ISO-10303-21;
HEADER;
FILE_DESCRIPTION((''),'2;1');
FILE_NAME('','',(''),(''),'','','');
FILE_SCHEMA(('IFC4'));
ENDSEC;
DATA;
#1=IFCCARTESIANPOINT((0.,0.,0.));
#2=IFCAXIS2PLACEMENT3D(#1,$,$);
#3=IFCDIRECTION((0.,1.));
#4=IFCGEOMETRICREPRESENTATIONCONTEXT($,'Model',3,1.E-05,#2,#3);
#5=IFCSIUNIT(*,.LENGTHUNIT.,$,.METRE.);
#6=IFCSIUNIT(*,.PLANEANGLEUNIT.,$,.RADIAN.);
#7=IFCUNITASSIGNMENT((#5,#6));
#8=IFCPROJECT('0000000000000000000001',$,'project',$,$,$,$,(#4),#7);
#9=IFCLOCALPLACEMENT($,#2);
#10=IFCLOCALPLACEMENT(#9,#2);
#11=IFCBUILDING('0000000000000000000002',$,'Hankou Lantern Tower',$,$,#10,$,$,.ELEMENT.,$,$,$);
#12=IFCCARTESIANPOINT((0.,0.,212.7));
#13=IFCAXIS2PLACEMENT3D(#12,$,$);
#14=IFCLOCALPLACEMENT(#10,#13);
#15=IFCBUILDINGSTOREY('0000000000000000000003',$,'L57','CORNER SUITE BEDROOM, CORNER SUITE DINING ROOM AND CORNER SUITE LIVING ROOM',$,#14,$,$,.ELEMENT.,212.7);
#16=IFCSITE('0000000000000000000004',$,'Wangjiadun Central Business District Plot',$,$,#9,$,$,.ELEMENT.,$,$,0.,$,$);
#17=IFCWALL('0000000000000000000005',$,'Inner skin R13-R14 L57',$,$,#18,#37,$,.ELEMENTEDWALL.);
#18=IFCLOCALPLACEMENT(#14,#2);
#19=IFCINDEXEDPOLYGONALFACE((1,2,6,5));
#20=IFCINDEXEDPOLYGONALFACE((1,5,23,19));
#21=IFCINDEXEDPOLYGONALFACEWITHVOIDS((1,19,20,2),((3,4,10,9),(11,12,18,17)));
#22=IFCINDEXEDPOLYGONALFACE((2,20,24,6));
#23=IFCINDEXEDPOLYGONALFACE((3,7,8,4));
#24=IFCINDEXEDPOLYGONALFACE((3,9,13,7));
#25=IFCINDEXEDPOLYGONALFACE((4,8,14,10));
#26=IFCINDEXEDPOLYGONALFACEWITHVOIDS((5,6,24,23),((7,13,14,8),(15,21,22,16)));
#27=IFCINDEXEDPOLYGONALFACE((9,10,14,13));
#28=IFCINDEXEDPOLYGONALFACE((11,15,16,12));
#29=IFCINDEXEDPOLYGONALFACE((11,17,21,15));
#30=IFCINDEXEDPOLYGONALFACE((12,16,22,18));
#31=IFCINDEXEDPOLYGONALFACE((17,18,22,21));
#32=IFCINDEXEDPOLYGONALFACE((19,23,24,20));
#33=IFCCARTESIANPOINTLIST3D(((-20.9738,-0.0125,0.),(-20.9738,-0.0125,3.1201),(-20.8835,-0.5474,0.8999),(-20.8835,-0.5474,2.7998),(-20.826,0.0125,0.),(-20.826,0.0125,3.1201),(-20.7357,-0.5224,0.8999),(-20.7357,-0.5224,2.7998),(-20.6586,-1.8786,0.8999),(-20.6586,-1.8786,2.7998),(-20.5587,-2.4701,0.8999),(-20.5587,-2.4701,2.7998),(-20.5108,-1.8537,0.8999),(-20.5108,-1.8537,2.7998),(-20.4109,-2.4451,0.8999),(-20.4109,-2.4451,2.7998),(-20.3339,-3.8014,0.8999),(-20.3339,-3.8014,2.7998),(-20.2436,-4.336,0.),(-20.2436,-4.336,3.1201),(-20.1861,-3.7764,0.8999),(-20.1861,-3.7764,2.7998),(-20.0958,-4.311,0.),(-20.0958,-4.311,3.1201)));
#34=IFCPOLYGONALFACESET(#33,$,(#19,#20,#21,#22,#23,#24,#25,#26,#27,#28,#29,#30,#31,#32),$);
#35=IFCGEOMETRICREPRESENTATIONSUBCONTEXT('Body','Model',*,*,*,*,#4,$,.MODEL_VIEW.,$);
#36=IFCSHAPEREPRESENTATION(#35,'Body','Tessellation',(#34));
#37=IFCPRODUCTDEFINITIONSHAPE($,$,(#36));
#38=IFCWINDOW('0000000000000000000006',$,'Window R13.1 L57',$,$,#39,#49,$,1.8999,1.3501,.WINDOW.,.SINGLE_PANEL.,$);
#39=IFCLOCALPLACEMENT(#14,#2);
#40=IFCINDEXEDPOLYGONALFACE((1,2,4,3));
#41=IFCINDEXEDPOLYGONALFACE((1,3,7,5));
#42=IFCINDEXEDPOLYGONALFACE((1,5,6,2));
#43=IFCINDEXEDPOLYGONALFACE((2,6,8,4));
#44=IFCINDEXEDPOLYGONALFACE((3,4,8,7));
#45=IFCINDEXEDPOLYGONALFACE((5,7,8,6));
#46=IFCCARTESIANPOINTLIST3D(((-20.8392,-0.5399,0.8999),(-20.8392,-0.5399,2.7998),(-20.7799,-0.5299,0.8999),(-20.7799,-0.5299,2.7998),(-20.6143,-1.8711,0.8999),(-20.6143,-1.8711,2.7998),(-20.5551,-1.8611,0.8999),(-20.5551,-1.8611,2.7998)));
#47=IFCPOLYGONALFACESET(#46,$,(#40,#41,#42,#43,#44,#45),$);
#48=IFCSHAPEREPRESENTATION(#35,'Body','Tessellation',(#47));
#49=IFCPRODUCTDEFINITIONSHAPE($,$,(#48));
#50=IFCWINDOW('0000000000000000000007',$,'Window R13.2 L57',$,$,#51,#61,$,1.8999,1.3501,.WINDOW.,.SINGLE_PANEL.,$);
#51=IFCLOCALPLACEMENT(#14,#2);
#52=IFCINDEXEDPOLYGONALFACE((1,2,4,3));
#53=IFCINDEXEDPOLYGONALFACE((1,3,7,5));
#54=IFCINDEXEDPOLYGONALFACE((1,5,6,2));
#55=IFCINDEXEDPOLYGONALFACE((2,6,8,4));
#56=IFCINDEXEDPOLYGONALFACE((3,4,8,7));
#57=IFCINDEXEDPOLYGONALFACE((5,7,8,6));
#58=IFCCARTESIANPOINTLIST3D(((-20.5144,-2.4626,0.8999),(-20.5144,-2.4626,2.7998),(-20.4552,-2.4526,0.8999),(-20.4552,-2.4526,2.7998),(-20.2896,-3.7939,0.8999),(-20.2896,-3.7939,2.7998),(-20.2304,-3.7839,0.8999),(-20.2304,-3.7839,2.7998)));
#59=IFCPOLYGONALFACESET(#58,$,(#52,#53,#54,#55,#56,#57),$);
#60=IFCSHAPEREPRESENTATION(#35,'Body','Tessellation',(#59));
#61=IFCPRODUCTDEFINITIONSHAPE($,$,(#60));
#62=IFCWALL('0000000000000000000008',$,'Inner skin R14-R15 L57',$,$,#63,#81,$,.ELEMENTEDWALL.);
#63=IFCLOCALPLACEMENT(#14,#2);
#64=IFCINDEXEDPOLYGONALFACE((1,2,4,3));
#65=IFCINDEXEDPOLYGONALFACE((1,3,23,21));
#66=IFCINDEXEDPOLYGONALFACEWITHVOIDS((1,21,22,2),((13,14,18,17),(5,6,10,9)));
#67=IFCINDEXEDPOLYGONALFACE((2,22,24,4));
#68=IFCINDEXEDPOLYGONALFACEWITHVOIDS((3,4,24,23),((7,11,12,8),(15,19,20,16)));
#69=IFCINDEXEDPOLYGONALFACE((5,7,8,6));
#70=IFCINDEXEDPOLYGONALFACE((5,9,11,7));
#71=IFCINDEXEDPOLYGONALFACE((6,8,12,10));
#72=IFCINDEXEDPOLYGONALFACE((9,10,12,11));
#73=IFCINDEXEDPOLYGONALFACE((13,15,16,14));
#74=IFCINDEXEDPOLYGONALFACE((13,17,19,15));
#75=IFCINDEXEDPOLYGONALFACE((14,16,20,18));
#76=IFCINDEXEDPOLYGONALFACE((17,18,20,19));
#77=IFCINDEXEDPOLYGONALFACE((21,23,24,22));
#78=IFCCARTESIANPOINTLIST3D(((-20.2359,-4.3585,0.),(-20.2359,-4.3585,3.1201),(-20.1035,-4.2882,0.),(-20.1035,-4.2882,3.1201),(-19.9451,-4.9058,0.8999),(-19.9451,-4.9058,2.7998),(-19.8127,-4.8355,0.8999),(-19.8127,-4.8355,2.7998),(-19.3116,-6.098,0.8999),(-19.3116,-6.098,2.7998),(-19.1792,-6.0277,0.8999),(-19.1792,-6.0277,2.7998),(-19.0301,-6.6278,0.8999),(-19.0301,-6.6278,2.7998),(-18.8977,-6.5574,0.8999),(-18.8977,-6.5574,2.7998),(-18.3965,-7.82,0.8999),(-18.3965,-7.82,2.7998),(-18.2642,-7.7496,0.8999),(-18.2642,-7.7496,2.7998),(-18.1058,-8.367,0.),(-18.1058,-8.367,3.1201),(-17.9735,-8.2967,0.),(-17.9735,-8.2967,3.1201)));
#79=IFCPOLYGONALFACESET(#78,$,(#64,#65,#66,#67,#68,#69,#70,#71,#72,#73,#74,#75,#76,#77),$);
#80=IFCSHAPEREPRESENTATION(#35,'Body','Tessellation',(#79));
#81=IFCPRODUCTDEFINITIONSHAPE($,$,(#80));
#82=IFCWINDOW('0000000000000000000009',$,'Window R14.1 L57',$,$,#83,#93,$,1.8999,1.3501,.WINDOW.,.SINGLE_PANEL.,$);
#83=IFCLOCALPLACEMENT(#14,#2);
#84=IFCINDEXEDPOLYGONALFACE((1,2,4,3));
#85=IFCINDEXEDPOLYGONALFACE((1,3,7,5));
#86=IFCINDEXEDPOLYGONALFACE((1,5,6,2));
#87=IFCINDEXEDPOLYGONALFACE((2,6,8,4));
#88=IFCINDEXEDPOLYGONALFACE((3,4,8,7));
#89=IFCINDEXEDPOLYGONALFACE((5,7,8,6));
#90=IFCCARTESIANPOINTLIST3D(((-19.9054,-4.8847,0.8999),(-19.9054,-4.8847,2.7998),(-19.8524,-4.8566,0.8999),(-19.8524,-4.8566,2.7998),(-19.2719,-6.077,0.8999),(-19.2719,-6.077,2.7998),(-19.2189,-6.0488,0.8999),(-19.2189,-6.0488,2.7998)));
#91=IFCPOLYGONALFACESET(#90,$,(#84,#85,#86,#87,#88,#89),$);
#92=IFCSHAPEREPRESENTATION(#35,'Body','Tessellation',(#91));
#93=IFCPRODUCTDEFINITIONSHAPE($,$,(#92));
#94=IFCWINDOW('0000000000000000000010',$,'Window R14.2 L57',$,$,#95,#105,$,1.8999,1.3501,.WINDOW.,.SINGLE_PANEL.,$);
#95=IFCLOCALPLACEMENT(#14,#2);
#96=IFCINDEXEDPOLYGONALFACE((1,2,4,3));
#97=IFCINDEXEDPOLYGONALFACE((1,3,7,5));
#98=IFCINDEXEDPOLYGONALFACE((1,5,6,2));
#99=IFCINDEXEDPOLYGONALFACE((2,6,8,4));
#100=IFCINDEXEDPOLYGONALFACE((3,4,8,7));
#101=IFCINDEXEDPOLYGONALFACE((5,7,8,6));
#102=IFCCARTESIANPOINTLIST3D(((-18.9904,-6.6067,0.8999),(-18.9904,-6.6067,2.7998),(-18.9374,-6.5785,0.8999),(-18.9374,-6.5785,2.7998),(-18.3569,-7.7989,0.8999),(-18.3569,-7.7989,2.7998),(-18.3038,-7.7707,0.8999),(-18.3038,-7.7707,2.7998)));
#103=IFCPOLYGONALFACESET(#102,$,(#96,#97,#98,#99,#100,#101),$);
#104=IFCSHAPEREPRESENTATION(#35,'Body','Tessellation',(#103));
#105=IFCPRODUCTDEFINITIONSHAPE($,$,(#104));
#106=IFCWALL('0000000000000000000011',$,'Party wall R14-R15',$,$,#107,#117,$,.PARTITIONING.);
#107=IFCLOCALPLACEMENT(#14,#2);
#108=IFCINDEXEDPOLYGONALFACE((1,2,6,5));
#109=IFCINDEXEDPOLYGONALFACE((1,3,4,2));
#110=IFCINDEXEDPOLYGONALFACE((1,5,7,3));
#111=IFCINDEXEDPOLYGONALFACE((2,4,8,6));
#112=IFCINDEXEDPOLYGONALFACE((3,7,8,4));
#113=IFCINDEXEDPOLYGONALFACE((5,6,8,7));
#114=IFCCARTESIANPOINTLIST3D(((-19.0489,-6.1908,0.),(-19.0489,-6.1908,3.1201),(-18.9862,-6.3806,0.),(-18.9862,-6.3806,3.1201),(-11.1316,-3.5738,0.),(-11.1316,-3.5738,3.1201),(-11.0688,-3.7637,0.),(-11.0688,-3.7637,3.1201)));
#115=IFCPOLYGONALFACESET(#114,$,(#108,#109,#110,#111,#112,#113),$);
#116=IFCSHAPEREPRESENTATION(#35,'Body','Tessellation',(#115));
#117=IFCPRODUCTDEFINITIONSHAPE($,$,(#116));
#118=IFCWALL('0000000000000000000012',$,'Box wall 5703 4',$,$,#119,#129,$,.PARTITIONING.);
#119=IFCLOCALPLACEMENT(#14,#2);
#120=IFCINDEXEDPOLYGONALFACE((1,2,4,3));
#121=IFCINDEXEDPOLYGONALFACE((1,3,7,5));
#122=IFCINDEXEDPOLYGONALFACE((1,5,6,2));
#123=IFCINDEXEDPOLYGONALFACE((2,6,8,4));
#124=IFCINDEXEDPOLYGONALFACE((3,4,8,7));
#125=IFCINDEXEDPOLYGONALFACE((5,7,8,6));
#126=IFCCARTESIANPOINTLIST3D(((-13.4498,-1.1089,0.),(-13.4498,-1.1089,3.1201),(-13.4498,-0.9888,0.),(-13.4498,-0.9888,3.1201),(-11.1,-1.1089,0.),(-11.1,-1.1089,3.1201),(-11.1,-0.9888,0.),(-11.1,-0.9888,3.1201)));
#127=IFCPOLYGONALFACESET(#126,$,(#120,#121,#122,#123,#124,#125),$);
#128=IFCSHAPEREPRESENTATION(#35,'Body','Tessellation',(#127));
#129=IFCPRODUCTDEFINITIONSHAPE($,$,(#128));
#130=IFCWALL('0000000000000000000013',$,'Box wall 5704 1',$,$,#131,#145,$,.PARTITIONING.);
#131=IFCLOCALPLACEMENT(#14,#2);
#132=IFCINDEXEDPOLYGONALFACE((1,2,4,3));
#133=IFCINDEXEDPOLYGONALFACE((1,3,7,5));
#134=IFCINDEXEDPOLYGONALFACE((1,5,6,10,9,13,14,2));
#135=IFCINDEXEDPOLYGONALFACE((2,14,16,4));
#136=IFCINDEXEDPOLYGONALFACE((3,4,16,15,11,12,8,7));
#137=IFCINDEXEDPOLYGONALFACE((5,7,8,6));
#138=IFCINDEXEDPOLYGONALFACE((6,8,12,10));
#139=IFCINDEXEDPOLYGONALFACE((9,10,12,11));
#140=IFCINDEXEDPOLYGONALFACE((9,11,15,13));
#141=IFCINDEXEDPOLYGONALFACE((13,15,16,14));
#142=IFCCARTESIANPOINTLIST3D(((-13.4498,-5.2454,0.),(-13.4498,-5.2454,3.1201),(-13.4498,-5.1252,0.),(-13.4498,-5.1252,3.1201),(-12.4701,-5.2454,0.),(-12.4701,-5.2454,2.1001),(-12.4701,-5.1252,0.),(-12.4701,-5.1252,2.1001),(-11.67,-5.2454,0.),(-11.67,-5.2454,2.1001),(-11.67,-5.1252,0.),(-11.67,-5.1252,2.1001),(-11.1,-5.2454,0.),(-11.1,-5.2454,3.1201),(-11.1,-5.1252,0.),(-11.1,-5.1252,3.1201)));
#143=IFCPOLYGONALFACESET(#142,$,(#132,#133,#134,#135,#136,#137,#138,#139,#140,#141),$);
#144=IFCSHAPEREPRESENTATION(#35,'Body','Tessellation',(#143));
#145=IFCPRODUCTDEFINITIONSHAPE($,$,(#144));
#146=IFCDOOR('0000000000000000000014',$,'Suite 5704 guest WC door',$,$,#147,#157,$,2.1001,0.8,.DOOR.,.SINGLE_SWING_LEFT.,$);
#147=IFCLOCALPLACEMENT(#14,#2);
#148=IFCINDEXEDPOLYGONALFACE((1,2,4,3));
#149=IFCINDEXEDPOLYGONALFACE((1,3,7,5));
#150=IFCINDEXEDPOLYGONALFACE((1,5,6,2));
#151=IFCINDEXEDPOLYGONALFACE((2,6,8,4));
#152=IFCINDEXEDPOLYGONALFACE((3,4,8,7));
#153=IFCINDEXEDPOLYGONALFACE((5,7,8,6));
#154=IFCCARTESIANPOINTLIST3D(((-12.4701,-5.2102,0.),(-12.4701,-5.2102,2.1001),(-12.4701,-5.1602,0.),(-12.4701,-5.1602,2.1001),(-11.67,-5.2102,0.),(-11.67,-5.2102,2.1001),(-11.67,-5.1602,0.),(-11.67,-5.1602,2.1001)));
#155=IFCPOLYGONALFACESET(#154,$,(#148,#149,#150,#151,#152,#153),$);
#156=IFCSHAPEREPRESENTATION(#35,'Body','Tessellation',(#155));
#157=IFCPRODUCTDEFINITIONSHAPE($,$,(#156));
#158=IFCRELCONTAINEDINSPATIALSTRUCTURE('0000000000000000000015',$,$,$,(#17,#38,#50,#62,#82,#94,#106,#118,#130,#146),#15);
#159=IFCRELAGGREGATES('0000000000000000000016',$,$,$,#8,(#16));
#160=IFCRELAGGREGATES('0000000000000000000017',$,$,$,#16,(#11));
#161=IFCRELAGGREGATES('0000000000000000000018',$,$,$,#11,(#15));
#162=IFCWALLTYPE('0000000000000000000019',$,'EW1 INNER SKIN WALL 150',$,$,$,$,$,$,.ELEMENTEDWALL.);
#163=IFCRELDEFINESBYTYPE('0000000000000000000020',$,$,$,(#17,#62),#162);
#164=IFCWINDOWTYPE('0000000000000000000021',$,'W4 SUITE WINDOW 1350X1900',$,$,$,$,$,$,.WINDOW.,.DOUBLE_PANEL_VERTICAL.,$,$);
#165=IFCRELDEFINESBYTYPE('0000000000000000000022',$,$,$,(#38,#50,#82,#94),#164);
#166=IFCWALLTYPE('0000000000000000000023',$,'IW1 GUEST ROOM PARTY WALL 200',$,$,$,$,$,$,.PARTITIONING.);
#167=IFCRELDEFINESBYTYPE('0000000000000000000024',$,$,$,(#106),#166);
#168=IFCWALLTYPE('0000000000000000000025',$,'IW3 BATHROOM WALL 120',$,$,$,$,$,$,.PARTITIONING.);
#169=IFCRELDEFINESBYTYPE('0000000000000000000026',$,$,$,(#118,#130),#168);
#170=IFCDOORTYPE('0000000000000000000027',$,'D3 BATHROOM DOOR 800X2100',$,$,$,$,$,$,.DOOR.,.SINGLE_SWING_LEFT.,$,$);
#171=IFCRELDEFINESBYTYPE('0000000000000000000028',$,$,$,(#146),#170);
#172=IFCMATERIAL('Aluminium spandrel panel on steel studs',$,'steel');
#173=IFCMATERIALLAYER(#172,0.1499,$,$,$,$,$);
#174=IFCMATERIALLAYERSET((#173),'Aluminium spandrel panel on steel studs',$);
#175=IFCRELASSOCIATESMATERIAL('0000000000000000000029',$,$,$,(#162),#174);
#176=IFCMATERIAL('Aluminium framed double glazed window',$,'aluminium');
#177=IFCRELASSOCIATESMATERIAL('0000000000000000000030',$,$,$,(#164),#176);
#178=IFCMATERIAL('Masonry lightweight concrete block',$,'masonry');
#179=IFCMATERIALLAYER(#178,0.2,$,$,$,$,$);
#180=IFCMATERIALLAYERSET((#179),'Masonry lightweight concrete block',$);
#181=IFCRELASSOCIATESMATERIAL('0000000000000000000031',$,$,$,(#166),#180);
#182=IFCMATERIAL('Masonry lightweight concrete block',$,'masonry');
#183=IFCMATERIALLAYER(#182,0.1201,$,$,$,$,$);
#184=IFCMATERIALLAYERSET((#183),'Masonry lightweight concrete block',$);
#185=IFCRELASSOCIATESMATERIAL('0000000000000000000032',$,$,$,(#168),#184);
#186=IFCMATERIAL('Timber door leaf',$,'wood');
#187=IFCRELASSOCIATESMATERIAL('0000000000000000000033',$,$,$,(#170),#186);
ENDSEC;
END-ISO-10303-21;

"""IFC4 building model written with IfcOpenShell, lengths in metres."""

from ifc_helpers import new_model, si_unit, direction, frame, frame_2d, origin, place, context, subcontext, project, spatial, rectangle, extrude, material, layer, layer_set, type_object, element, fill, save


model = new_model("IFC4")

# Units and contexts
model_context = context("Model", 3, precision=1e-05, world=origin(), true_north=direction((0.0, 1.0)))
body_context = subcontext(model_context, "Body", "Model", "MODEL_VIEW")
ifc_project = project(units=[si_unit("LENGTHUNIT", "METRE"), si_unit("PLANEANGLEUNIT", "RADIAN")], contexts=[model_context])

# Site, building, storey
site_placement = place(None, origin())
site = spatial("IfcSite", under=ifc_project, at=site_placement, Name="Wangjiadun Central Business District Plot", CompositionType="ELEMENT", RefElevation=0.0)
building_placement = place(site_placement, origin())
building = spatial("IfcBuilding", under=site, at=building_placement, Name="Hankou Lantern Tower", CompositionType="ELEMENT")
storey_placement = place(building_placement, frame((0.0, 0.0, 212.7)))
storey = spatial("IfcBuildingStorey", under=building, at=storey_placement, Name="L57", Description="CORNER SUITE BEDROOM, CORNER SUITE DINING ROOM AND CORNER SUITE LIVING ROOM", CompositionType="ELEMENT", Elevation=212.7)

# Walls, openings, windows
ifc_material_1 = material(Name="Aluminium spandrel panel on steel studs", Category="steel")
ifc_layer_1 = layer(ifc_material_1, 0.1499)
ifc_layer_set_1 = layer_set([ifc_layer_1], Name="Aluminium spandrel panel on steel studs")
wall_type_1 = type_object("IfcWallType", Name="EW1 INNER SKIN WALL 150", PredefinedType="ELEMENTEDWALL", material=ifc_layer_set_1)
wall_1_placement = place(storey_placement, frame((-20.8999, 0.0, 0.0), z_axis=(0.0, 0.0, 1.0), x_axis=(0.166539, -0.986035, 0.0)))
wall_1 = element("IfcWall", 1, at=wall_1_placement, inside=storey, type_object=wall_type_1, Name="Inner skin R13-R14 L57", PredefinedType="ELEMENTEDWALL", context=body_context, shape_type="SweptSolid", body=[
    extrude(rectangle(XDim=4.3848, YDim=0.1499, at=frame_2d((2.1924, 0.0))), origin(), (0.0, 0.0, 1.0), 3.1201),
])
opening_1_placement = place(wall_1_placement, frame((0.5425, 0.0, 0.8999)))
opening_1 = element("IfcOpeningElement", 2, at=opening_1_placement, cuts=wall_1, PredefinedType="OPENING", context=body_context, shape_type="SweptSolid", body=[
    extrude(rectangle(XDim=1.3501, YDim=1.8999, at=frame_2d((0.675, 0.95))), frame((0.0, 0.085, 0.0), z_axis=(0.0, -1.0, 0.0), x_axis=(1.0, 0.0, 0.0)), (0.0, 0.0, 1.0), 0.1699),
])
opening_2_placement = place(wall_1_placement, frame((2.4924, 0.0, 0.8999)))
opening_2 = element("IfcOpeningElement", 3, at=opening_2_placement, cuts=wall_1, PredefinedType="OPENING", context=body_context, shape_type="SweptSolid", body=[
    extrude(rectangle(XDim=1.3501, YDim=1.8999, at=frame_2d((0.675, 0.95))), frame((0.0, 0.085, 0.0), z_axis=(0.0, -1.0, 0.0), x_axis=(1.0, 0.0, 0.0)), (0.0, 0.0, 1.0), 0.1699),
])
ifc_material_2 = material(Name="Aluminium framed double glazed window", Category="aluminium")
window_type = type_object("IfcWindowType", Name="W4 SUITE WINDOW 1350X1900", PartitioningType="DOUBLE_PANEL_VERTICAL", PredefinedType="WINDOW", material=ifc_material_2)
window_1_placement = place(opening_1_placement, origin())
window_1 = element("IfcWindow", 4, at=window_1_placement, inside=storey, type_object=window_type, Name="Window R13.1 L57", OverallHeight=1.8999, OverallWidth=1.3501, PartitioningType="SINGLE_PANEL", PredefinedType="WINDOW", context=body_context, shape_type="SweptSolid", body=[
    extrude(rectangle(XDim=1.3501, YDim=1.8999, at=frame_2d((0.675, 0.95))), frame((0.0, 0.03, 0.0), z_axis=(0.0, -1.0, 0.0), x_axis=(1.0, 0.0, 0.0)), (0.0, 0.0, 1.0), 0.0601),
])
fill(opening_1, window_1)
window_2_placement = place(opening_2_placement, origin())
window_2 = element("IfcWindow", 5, at=window_2_placement, inside=storey, type_object=window_type, Name="Window R13.2 L57", OverallHeight=1.8999, OverallWidth=1.3501, PartitioningType="SINGLE_PANEL", PredefinedType="WINDOW", context=body_context, shape_type="SweptSolid", body=[
    extrude(rectangle(XDim=1.3501, YDim=1.8999, at=frame_2d((0.675, 0.95))), frame((0.0, 0.03, 0.0), z_axis=(0.0, -1.0, 0.0), x_axis=(1.0, 0.0, 0.0)), (0.0, 0.0, 1.0), 0.0601),
])
fill(opening_2, window_2)
wall_2_placement = place(storey_placement, frame((-20.1697, -4.3235, 0.0), z_axis=(0.0, 0.0, 1.0), x_axis=(0.469256, -0.883062, 0.0)))
wall_2 = element("IfcWall", 6, at=wall_2_placement, inside=storey, type_object=wall_type_1, Name="Inner skin R14-R15 L57", PredefinedType="ELEMENTEDWALL", context=body_context, shape_type="SweptSolid", body=[
    extrude(rectangle(XDim=4.5393, YDim=0.1499, at=frame_2d((2.2695, 0.0))), origin(), (0.0, 0.0, 1.0), 3.1201),
])
opening_3_placement = place(wall_2_placement, frame((0.6196, 0.0, 0.8999)))
opening_3 = element("IfcOpeningElement", 7, at=opening_3_placement, cuts=wall_2, PredefinedType="OPENING", context=body_context, shape_type="SweptSolid", body=[
    extrude(rectangle(XDim=1.3501, YDim=1.8999, at=frame_2d((0.675, 0.95))), frame((0.0, 0.085, 0.0), z_axis=(0.0, -1.0, 0.0), x_axis=(1.0, 0.0, 0.0)), (0.0, 0.0, 1.0), 0.1699),
])
opening_4_placement = place(wall_2_placement, frame((2.5696, 0.0, 0.8999)))
opening_4 = element("IfcOpeningElement", 8, at=opening_4_placement, cuts=wall_2, PredefinedType="OPENING", context=body_context, shape_type="SweptSolid", body=[
    extrude(rectangle(XDim=1.3501, YDim=1.8999, at=frame_2d((0.675, 0.95))), frame((0.0, 0.085, 0.0), z_axis=(0.0, -1.0, 0.0), x_axis=(1.0, 0.0, 0.0)), (0.0, 0.0, 1.0), 0.1699),
])
window_3_placement = place(opening_3_placement, origin())
window_3 = element("IfcWindow", 9, at=window_3_placement, inside=storey, type_object=window_type, Name="Window R14.1 L57", OverallHeight=1.8999, OverallWidth=1.3501, PartitioningType="SINGLE_PANEL", PredefinedType="WINDOW", context=body_context, shape_type="SweptSolid", body=[
    extrude(rectangle(XDim=1.3501, YDim=1.8999, at=frame_2d((0.675, 0.95))), frame((0.0, 0.03, 0.0), z_axis=(0.0, -1.0, 0.0), x_axis=(1.0, 0.0, 0.0)), (0.0, 0.0, 1.0), 0.0601),
])
fill(opening_3, window_3)
window_4_placement = place(opening_4_placement, origin())
window_4 = element("IfcWindow", 10, at=window_4_placement, inside=storey, type_object=window_type, Name="Window R14.2 L57", OverallHeight=1.8999, OverallWidth=1.3501, PartitioningType="SINGLE_PANEL", PredefinedType="WINDOW", context=body_context, shape_type="SweptSolid", body=[
    extrude(rectangle(XDim=1.3501, YDim=1.8999, at=frame_2d((0.675, 0.95))), frame((0.0, 0.03, 0.0), z_axis=(0.0, -1.0, 0.0), x_axis=(1.0, 0.0, 0.0)), (0.0, 0.0, 1.0), 0.0601),
])
fill(opening_4, window_4)

# Walls
ifc_material_3 = material(Name="Masonry lightweight concrete block", Category="masonry")
ifc_layer_2 = layer(ifc_material_3, 0.2)
ifc_layer_set_2 = layer_set([ifc_layer_2], Name="Masonry lightweight concrete block")
wall_type_2 = type_object("IfcWallType", Name="IW1 GUEST ROOM PARTY WALL 200", PredefinedType="PARTITIONING", material=ifc_layer_set_2)
wall_3_placement = place(storey_placement, frame((-11.1001, -3.6687, 0.0), z_axis=(0.0, 0.0, 1.0), x_axis=(-0.949477, -0.313838, 0.0)))
element("IfcWall", 11, at=wall_3_placement, inside=storey, type_object=wall_type_2, Name="Party wall R14-R15", PredefinedType="PARTITIONING", context=body_context, shape_type="SweptSolid", body=[
    extrude(rectangle(XDim=8.3386, YDim=0.2, at=frame_2d((4.1694, 0.0))), origin(), (0.0, 0.0, 1.0), 3.1201),
])
ifc_material_4 = material(Name="Masonry lightweight concrete block", Category="masonry")
ifc_layer_3 = layer(ifc_material_4, 0.1201)
ifc_layer_set_3 = layer_set([ifc_layer_3], Name="Masonry lightweight concrete block")
wall_type_3 = type_object("IfcWallType", Name="IW3 BATHROOM WALL 120", PredefinedType="PARTITIONING", material=ifc_layer_set_3)
wall_4_placement = place(storey_placement, frame((-11.1001, -1.0488, 0.0), z_axis=(0.0, 0.0, 1.0), x_axis=(-1.0, 0.0, 0.0)))
element("IfcWall", 12, at=wall_4_placement, inside=storey, type_object=wall_type_3, Name="Box wall 5703 4", PredefinedType="PARTITIONING", context=body_context, shape_type="SweptSolid", body=[
    extrude(rectangle(XDim=2.3499, YDim=0.1201, at=frame_2d((1.1748, 0.0))), origin(), (0.0, 0.0, 1.0), 3.1201),
])

# Wall, opening, door
wall_5_placement = place(storey_placement, frame((-11.1001, -5.1853, 0.0), z_axis=(0.0, 0.0, 1.0), x_axis=(-1.0, 0.0, 0.0)))
wall_5 = element("IfcWall", 13, at=wall_5_placement, inside=storey, type_object=wall_type_3, Name="Box wall 5704 1", PredefinedType="PARTITIONING", context=body_context, shape_type="SweptSolid", body=[
    extrude(rectangle(XDim=2.3499, YDim=0.1201, at=frame_2d((1.1748, 0.0))), origin(), (0.0, 0.0, 1.0), 3.1201),
])
opening_5_placement = place(wall_5_placement, frame((0.5701, 0.0, 0.0)))
opening_5 = element("IfcOpeningElement", 14, at=opening_5_placement, cuts=wall_5, PredefinedType="OPENING", context=body_context, shape_type="SweptSolid", body=[
    extrude(rectangle(XDim=0.8, YDim=2.1001, at=frame_2d((0.3999, 1.05))), frame((0.0, 0.0701, 0.0), z_axis=(0.0, -1.0, 0.0), x_axis=(1.0, 0.0, 0.0)), (0.0, 0.0, 1.0), 0.1401),
])
ifc_material_5 = material(Name="Timber door leaf", Category="wood")
door_type_1 = type_object("IfcDoorType", Name="D3 BATHROOM DOOR 800X2100", OperationType="SINGLE_SWING_LEFT", PredefinedType="DOOR", material=ifc_material_5)
door_1_placement = place(opening_5_placement, origin())
door_1 = element("IfcDoor", 15, at=door_1_placement, inside=storey, type_object=door_type_1, Name="Suite 5704 guest WC door", OperationType="SINGLE_SWING_LEFT", OverallHeight=2.1001, OverallWidth=0.8, PredefinedType="DOOR", context=body_context, shape_type="SweptSolid", body=[
    extrude(rectangle(XDim=0.8, YDim=2.1001, at=frame_2d((0.3999, 1.05))), frame((0.0, 0.0249, 0.0), z_axis=(0.0, -1.0, 0.0), x_axis=(1.0, 0.0, 0.0)), (0.0, 0.0, 1.0), 0.05),
])
fill(opening_5, door_1)

save(model, "model.ifc")
